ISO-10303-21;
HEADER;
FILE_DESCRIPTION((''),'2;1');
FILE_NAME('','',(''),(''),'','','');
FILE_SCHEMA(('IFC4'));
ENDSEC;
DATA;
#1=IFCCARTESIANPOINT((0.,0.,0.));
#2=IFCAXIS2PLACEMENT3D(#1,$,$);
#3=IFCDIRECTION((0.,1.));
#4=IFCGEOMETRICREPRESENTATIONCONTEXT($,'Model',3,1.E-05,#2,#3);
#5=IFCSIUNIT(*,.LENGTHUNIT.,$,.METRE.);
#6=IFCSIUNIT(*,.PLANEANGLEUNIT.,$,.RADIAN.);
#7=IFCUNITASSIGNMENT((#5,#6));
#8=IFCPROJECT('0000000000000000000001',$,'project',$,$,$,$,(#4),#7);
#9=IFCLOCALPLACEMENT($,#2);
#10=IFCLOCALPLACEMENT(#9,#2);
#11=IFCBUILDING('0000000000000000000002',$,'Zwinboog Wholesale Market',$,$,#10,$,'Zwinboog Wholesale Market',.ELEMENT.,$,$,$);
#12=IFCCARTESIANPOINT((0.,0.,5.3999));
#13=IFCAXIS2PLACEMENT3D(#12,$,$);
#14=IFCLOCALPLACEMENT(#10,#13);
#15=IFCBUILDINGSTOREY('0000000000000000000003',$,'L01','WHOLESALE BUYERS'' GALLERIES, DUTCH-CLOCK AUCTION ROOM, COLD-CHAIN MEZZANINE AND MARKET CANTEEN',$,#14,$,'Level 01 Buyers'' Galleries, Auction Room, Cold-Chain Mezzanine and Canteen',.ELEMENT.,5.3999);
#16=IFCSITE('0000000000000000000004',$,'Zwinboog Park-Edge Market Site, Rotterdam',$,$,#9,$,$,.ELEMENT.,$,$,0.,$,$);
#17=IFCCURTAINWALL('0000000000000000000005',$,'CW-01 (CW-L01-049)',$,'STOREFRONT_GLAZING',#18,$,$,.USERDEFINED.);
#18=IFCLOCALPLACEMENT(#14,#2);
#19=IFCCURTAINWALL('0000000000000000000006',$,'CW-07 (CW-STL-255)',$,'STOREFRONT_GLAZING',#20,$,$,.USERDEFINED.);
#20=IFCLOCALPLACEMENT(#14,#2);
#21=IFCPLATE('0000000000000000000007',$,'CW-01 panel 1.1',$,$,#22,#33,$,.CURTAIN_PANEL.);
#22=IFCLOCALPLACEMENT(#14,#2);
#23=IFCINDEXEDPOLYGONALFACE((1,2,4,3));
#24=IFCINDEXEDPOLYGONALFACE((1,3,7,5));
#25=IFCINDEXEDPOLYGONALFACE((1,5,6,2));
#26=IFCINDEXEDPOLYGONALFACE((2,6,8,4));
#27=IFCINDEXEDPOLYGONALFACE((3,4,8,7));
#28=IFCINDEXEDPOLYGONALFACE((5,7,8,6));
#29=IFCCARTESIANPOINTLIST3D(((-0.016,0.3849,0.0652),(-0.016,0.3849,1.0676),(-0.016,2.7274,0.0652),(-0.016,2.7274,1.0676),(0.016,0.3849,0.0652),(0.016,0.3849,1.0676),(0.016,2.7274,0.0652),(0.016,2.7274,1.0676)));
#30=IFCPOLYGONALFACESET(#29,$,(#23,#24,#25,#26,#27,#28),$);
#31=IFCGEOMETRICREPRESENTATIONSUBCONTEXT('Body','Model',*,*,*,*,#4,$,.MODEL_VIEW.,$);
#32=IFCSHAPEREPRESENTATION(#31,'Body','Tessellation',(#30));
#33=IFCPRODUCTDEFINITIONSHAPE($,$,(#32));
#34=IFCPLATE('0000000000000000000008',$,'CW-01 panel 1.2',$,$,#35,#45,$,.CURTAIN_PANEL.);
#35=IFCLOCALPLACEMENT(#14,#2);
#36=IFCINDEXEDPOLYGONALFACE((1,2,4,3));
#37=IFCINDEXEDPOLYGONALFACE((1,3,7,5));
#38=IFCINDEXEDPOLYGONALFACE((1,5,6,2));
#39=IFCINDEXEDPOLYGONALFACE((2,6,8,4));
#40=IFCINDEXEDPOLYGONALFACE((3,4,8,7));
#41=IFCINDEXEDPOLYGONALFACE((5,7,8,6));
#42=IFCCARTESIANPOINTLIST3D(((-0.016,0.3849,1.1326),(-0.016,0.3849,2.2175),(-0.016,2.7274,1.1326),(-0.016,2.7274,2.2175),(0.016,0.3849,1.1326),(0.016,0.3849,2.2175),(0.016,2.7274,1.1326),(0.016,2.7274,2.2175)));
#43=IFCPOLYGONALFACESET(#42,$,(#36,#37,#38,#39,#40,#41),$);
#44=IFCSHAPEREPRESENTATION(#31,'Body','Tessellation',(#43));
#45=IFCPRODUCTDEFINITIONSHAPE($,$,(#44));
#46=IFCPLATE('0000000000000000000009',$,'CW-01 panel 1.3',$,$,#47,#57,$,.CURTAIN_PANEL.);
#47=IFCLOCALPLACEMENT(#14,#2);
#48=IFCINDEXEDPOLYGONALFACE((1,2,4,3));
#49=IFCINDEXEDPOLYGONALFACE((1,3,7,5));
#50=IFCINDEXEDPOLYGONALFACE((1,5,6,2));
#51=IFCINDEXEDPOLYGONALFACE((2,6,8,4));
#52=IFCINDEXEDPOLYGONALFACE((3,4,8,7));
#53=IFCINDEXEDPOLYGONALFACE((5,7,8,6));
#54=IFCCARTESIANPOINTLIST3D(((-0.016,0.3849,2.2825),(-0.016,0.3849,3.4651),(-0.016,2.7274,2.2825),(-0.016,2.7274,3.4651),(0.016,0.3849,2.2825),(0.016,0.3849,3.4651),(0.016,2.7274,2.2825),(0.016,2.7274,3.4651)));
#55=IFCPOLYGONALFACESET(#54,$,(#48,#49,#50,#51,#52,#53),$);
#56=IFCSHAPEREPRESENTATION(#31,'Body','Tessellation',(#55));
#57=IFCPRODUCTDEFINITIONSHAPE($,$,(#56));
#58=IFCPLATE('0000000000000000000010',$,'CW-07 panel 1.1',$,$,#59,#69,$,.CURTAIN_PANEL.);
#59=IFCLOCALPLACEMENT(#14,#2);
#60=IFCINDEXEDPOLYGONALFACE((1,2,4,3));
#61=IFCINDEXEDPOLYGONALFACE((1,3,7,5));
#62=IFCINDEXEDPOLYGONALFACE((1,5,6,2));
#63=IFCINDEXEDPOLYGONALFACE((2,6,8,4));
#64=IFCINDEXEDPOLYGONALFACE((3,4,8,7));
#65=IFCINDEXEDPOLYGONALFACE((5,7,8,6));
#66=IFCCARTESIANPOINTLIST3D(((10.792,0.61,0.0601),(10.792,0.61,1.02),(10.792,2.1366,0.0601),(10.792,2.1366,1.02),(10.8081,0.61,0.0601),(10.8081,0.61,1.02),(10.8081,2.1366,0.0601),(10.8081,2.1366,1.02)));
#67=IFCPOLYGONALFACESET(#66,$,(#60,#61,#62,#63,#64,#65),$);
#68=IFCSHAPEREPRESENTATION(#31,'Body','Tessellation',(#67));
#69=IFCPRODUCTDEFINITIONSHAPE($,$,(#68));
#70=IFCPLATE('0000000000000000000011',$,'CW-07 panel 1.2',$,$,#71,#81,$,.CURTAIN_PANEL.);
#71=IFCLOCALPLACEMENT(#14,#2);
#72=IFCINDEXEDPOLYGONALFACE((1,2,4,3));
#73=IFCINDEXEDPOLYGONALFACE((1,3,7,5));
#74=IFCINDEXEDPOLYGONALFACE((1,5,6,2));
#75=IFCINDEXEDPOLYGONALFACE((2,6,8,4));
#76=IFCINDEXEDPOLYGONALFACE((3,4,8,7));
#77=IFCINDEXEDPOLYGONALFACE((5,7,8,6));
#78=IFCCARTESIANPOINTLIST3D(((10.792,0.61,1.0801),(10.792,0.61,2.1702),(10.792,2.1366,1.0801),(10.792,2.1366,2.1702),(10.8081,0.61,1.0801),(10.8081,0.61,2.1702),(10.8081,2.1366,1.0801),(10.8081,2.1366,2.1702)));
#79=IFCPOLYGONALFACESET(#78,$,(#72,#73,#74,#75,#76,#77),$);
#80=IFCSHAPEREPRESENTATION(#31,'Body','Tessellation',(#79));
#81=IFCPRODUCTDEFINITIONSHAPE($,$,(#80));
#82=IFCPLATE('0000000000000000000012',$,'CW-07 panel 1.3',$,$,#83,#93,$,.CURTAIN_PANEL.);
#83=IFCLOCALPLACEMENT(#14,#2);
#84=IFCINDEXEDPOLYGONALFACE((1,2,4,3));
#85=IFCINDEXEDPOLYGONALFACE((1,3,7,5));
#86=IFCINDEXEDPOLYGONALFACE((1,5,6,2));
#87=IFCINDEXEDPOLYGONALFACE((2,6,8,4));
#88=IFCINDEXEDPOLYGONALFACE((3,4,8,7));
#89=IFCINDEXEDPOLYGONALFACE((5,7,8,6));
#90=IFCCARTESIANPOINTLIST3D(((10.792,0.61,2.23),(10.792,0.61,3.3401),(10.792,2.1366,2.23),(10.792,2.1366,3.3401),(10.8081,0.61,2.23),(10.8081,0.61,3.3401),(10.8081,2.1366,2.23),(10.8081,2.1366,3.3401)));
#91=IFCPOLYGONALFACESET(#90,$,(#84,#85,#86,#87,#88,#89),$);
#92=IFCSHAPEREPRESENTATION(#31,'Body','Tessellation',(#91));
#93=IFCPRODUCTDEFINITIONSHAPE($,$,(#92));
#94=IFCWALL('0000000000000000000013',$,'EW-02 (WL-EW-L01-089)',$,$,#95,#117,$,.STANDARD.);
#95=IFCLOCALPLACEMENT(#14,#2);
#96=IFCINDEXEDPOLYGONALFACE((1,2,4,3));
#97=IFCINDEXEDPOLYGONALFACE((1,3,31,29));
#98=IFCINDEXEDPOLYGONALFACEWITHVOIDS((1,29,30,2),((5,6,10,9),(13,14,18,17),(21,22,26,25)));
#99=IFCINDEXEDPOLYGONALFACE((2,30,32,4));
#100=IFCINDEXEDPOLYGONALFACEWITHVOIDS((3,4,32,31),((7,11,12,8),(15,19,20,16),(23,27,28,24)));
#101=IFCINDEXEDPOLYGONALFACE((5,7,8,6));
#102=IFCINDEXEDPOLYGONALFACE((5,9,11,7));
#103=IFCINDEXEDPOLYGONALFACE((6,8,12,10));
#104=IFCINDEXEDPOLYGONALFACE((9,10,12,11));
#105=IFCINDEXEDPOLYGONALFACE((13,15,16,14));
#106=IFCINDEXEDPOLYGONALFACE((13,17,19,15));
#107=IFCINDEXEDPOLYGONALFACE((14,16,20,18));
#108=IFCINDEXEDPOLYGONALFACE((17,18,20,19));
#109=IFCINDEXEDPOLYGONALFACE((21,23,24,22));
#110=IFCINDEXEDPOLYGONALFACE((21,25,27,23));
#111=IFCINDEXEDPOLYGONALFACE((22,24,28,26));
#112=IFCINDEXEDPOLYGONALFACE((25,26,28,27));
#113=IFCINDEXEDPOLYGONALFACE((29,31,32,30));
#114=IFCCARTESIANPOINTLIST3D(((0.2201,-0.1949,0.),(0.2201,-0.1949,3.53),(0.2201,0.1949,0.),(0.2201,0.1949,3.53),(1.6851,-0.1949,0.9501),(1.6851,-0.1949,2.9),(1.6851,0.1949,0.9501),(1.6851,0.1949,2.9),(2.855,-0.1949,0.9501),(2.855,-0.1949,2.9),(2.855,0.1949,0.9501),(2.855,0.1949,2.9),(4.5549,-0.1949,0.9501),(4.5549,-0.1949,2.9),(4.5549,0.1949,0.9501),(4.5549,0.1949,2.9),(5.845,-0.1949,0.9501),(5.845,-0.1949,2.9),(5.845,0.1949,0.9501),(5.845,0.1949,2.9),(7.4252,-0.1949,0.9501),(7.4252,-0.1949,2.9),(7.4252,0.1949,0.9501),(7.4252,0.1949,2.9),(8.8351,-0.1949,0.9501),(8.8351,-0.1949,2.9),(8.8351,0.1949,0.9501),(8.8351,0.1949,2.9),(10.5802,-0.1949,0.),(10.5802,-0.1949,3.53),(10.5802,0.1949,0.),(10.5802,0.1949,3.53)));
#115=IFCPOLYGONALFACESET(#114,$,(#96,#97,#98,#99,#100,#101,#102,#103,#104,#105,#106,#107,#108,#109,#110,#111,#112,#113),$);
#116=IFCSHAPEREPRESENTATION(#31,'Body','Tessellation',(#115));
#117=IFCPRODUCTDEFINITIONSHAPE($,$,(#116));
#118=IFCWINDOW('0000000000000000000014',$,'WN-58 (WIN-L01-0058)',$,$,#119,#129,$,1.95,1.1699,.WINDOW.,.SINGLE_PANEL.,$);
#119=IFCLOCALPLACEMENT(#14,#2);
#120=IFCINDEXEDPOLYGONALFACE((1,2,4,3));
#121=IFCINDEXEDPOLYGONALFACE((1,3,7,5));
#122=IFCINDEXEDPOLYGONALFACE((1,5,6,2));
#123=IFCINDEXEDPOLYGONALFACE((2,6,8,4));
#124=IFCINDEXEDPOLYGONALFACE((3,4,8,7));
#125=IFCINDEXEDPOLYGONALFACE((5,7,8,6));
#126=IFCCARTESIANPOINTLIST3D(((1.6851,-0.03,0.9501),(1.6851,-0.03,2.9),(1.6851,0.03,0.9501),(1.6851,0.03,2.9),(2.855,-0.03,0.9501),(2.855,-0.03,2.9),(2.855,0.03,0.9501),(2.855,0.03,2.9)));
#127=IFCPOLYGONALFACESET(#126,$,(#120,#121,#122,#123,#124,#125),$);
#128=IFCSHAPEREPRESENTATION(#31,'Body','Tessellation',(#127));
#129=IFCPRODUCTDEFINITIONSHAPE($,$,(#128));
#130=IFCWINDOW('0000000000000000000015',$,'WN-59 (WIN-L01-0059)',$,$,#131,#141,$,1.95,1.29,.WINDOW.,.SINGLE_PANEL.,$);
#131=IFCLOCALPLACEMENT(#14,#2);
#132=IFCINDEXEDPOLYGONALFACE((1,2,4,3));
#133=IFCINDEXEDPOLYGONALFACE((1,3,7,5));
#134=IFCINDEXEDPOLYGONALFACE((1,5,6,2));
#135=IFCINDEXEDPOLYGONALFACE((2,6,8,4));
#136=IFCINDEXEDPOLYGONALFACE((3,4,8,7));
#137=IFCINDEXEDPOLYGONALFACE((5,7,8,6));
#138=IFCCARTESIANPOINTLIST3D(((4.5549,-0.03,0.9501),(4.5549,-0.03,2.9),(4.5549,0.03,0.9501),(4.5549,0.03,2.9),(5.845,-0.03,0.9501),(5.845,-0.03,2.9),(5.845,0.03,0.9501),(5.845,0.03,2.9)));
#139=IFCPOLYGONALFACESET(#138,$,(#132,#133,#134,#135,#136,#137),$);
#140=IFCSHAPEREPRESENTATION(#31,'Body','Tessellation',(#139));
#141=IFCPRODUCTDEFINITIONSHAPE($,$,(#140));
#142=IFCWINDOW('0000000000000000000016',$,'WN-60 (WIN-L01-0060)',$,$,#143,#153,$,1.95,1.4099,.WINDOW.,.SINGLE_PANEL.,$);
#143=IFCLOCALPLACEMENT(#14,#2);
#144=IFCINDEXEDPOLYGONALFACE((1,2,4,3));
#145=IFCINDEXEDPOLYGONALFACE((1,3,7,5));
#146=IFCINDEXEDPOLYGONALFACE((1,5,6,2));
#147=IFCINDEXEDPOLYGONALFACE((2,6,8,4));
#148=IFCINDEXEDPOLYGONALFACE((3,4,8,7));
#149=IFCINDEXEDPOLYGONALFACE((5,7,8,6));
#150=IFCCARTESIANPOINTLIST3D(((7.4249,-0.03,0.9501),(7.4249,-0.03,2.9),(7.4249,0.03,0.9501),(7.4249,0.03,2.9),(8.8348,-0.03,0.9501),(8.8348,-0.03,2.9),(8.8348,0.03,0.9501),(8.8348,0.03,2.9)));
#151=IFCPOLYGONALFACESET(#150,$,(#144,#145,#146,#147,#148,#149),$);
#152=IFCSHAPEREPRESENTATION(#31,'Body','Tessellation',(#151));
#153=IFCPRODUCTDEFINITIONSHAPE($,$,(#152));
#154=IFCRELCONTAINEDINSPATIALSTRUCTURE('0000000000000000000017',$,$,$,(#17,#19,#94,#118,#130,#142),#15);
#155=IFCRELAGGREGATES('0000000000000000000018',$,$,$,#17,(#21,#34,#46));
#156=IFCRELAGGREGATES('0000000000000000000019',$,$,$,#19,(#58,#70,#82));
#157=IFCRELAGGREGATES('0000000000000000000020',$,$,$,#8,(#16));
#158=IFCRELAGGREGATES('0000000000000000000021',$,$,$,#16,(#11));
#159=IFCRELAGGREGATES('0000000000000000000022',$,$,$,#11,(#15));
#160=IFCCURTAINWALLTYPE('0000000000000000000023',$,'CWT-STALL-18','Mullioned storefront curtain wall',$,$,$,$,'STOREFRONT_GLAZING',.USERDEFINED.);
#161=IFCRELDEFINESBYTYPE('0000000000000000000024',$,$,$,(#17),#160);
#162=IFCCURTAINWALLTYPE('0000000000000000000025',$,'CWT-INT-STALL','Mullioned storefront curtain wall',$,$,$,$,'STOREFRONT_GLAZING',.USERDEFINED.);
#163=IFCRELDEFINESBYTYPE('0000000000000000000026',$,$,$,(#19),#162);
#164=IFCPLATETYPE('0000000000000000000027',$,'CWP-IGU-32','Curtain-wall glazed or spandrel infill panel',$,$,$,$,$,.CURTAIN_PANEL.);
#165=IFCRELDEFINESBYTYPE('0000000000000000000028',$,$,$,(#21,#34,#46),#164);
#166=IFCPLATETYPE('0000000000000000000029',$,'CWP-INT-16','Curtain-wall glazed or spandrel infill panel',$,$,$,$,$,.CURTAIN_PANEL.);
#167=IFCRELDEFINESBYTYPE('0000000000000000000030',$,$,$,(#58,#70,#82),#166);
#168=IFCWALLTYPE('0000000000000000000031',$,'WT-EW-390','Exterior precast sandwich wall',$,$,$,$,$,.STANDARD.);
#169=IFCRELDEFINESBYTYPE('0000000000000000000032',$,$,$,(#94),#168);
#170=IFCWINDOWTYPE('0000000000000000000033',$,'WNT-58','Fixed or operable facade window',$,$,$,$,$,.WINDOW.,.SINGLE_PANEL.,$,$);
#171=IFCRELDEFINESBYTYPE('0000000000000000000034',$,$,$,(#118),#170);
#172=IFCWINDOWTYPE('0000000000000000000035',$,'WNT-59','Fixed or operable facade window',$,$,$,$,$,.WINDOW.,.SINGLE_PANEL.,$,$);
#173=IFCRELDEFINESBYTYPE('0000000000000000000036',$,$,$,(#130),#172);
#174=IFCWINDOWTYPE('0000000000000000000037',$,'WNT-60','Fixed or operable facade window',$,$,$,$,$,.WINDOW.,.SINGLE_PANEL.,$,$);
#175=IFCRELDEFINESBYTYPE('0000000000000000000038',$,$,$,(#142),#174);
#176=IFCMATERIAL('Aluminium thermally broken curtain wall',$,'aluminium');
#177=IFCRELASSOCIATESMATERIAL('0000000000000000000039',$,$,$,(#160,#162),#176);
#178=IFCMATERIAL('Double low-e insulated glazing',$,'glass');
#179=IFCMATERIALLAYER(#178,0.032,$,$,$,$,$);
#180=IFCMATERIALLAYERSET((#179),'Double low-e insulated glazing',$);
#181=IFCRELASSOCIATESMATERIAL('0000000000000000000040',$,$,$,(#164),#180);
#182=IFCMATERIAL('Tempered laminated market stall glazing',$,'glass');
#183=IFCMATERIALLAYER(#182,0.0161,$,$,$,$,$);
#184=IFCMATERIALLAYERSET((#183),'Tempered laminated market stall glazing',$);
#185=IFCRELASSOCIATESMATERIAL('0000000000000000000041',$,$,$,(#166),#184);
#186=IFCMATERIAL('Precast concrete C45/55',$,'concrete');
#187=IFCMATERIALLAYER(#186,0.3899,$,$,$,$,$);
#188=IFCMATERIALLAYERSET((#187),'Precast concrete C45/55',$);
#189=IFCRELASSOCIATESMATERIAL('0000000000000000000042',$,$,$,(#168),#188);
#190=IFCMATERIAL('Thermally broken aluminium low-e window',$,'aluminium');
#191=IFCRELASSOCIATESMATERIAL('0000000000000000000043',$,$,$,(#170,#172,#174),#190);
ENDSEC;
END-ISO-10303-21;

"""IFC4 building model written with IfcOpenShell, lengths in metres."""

from ifc_helpers import new_model, si_unit, direction, frame, frame_2d, origin, origin_2d, place, context, subcontext, project, spatial, rectangle, extrude, material, layer, layer_set, type_object, element, fill, aggregate, save


model = new_model("IFC4")

# Units and contexts
model_context = context("Model", 3, precision=1e-05, world=origin(), true_north=direction((0.0, 1.0)))
body_context = subcontext(model_context, "Body", "Model", "MODEL_VIEW")
ifc_project = project(units=[si_unit("LENGTHUNIT", "METRE"), si_unit("PLANEANGLEUNIT", "RADIAN")], contexts=[model_context])

# Site, building, storey
site_placement = place(None, origin())
site = spatial("IfcSite", under=ifc_project, at=site_placement, Name="Zwinboog Park-Edge Market Site, Rotterdam", CompositionType="ELEMENT", RefElevation=0.0)
building_placement = place(site_placement, origin())
building = spatial("IfcBuilding", under=site, at=building_placement, Name="Zwinboog Wholesale Market", LongName="Zwinboog Wholesale Market", CompositionType="ELEMENT")
storey_placement = place(building_placement, frame((0.0, 0.0, 5.3999)))
storey = spatial("IfcBuildingStorey", under=building, at=storey_placement, Name="L01", Description="WHOLESALE BUYERS' GALLERIES, DUTCH-CLOCK AUCTION ROOM, COLD-CHAIN MEZZANINE AND MARKET CANTEEN", LongName="Level 01 Buyers' Galleries, Auction Room, Cold-Chain Mezzanine and Canteen", CompositionType="ELEMENT", Elevation=5.3999)

# Shared definitions
ifc_material_1 = material(Name="Precast concrete C45/55", Category="concrete")

# Curtain wall
ifc_material_2 = material(Name="Aluminium thermally broken curtain wall", Category="aluminium")
curtain_wall_type_1 = type_object("IfcCurtainWallType", Name="CWT-STALL-18", Description="Mullioned storefront curtain wall", ElementType="STOREFRONT_GLAZING", PredefinedType="USERDEFINED", material=ifc_material_2)
curtain_wall_1_placement = place(storey_placement, origin())
curtain_wall_1 = element("IfcCurtainWall", 1, at=curtain_wall_1_placement, inside=storey, type_object=curtain_wall_type_1, Name="CW-01 (CW-L01-049)", ObjectType="STOREFRONT_GLAZING", PredefinedType="USERDEFINED")

# Curtain wall
curtain_wall_type_2 = type_object("IfcCurtainWallType", Name="CWT-INT-STALL", Description="Mullioned storefront curtain wall", ElementType="STOREFRONT_GLAZING", PredefinedType="USERDEFINED", material=ifc_material_2)
curtain_wall_2_placement = place(storey_placement, origin())
curtain_wall_2 = element("IfcCurtainWall", 2, at=curtain_wall_2_placement, inside=storey, type_object=curtain_wall_type_2, Name="CW-07 (CW-STL-255)", ObjectType="STOREFRONT_GLAZING", PredefinedType="USERDEFINED")

# Plates
ifc_material_3 = material(Name="Double low-e insulated glazing", Category="glass")
ifc_layer_1 = layer(ifc_material_3, 0.032)
ifc_layer_set_1 = layer_set([ifc_layer_1], Name="Double low-e insulated glazing")
plate_type_1 = type_object("IfcPlateType", Name="CWP-IGU-32", Description="Curtain-wall glazed or spandrel infill panel", PredefinedType="CURTAIN_PANEL", material=ifc_layer_set_1)
plate_1_placement = place(storey_placement, frame((0.0, 1.5562, 0.0652), z_axis=(0.0, 0.0, 1.0), x_axis=(0.0, 1.0, 0.0)))
plate_1 = element("IfcPlate", 3, at=plate_1_placement, type_object=plate_type_1, Name="CW-01 panel 1.1", PredefinedType="CURTAIN_PANEL", context=body_context, shape_type="SweptSolid", body=[
    extrude(rectangle(XDim=2.3425, YDim=0.032, at=origin_2d()), origin(), (0.0, 0.0, 1.0), 1.0024),
])
plate_2_placement = place(storey_placement, frame((0.0, 1.5562, 1.1326), z_axis=(0.0, 0.0, 1.0), x_axis=(0.0, 1.0, 0.0)))
plate_2 = element("IfcPlate", 4, at=plate_2_placement, type_object=plate_type_1, Name="CW-01 panel 1.2", PredefinedType="CURTAIN_PANEL", context=body_context, shape_type="SweptSolid", body=[
    extrude(rectangle(XDim=2.3425, YDim=0.032, at=origin_2d()), origin(), (0.0, 0.0, 1.0), 1.085),
])
plate_3_placement = place(storey_placement, frame((0.0, 1.5562, 2.2825), z_axis=(0.0, 0.0, 1.0), x_axis=(0.0, 1.0, 0.0)))
plate_3 = element("IfcPlate", 5, at=plate_3_placement, type_object=plate_type_1, Name="CW-01 panel 1.3", PredefinedType="CURTAIN_PANEL", context=body_context, shape_type="SweptSolid", body=[
    extrude(rectangle(XDim=2.3425, YDim=0.032, at=origin_2d()), origin(), (0.0, 0.0, 1.0), 1.1826),
])
aggregate(curtain_wall_1, [plate_1, plate_2, plate_3])
ifc_material_4 = material(Name="Tempered laminated market stall glazing", Category="glass")
ifc_layer_2 = layer(ifc_material_4, 0.0161)
ifc_layer_set_2 = layer_set([ifc_layer_2], Name="Tempered laminated market stall glazing")
plate_type_2 = type_object("IfcPlateType", Name="CWP-INT-16", Description="Curtain-wall glazed or spandrel infill panel", PredefinedType="CURTAIN_PANEL", material=ifc_layer_set_2)
plate_4_placement = place(storey_placement, frame((10.8, 1.3733, 0.0601), z_axis=(0.0, 0.0, 1.0), x_axis=(0.0, 1.0, 0.0)))
plate_4 = element("IfcPlate", 6, at=plate_4_placement, type_object=plate_type_2, Name="CW-07 panel 1.1", PredefinedType="CURTAIN_PANEL", context=body_context, shape_type="SweptSolid", body=[
    extrude(rectangle(XDim=1.5266, YDim=0.0161, at=origin_2d()), origin(), (0.0, 0.0, 1.0), 0.96),
])
plate_5_placement = place(storey_placement, frame((10.8, 1.3733, 1.0801), z_axis=(0.0, 0.0, 1.0), x_axis=(0.0, 1.0, 0.0)))
plate_5 = element("IfcPlate", 7, at=plate_5_placement, type_object=plate_type_2, Name="CW-07 panel 1.2", PredefinedType="CURTAIN_PANEL", context=body_context, shape_type="SweptSolid", body=[
    extrude(rectangle(XDim=1.5266, YDim=0.0161, at=origin_2d()), origin(), (0.0, 0.0, 1.0), 1.0901),
])
plate_6_placement = place(storey_placement, frame((10.8, 1.3733, 2.23), z_axis=(0.0, 0.0, 1.0), x_axis=(0.0, 1.0, 0.0)))
plate_6 = element("IfcPlate", 8, at=plate_6_placement, type_object=plate_type_2, Name="CW-07 panel 1.3", PredefinedType="CURTAIN_PANEL", context=body_context, shape_type="SweptSolid", body=[
    extrude(rectangle(XDim=1.5266, YDim=0.0161, at=origin_2d()), origin(), (0.0, 0.0, 1.0), 1.1101),
])
aggregate(curtain_wall_2, [plate_4, plate_5, plate_6])

# Wall, openings, windows
ifc_layer_3 = layer(ifc_material_1, 0.3899)
ifc_layer_set_3 = layer_set([ifc_layer_3], Name="Precast concrete C45/55")
wall_type = type_object("IfcWallType", Name="WT-EW-390", Description="Exterior precast sandwich wall", PredefinedType="STANDARD", material=ifc_layer_set_3)
wall_placement = place(storey_placement, frame((0.22, 0.0, 0.0), z_axis=(0.0, 0.0, 1.0), x_axis=(1.0, 0.0, 0.0)))
wall = element("IfcWall", 9, at=wall_placement, inside=storey, type_object=wall_type, Name="EW-02 (WL-EW-L01-089)", PredefinedType="STANDARD", context=body_context, shape_type="SweptSolid", body=[
    extrude(rectangle(XDim=10.3601, YDim=0.3899, at=frame_2d((5.1802, 0.0))), origin(), (0.0, 0.0, 1.0), 3.53),
])
opening_1_placement = place(wall_placement, frame((1.4651, 0.0, 0.95)))
opening_1 = element("IfcOpeningElement", 10, at=opening_1_placement, cuts=wall, PredefinedType="OPENING", context=body_context, shape_type="SweptSolid", body=[
    extrude(rectangle(XDim=1.1699, YDim=1.95, at=frame_2d((0.585, 0.9751))), frame((0.0, 0.2048, 0.0), z_axis=(0.0, -1.0, 0.0), x_axis=(1.0, 0.0, 0.0)), (0.0, 0.0, 1.0), 0.4099),
])
opening_2_placement = place(wall_placement, frame((4.335, 0.0, 0.95)))
opening_2 = element("IfcOpeningElement", 11, at=opening_2_placement, cuts=wall, PredefinedType="OPENING", context=body_context, shape_type="SweptSolid", body=[
    extrude(rectangle(XDim=1.29, YDim=1.95, at=frame_2d((0.645, 0.9751))), frame((0.0, 0.2048, 0.0), z_axis=(0.0, -1.0, 0.0), x_axis=(1.0, 0.0, 0.0)), (0.0, 0.0, 1.0), 0.4099),
])
opening_3_placement = place(wall_placement, frame((7.2051, 0.0, 0.95)))
opening_3 = element("IfcOpeningElement", 12, at=opening_3_placement, cuts=wall, PredefinedType="OPENING", context=body_context, shape_type="SweptSolid", body=[
    extrude(rectangle(XDim=1.4099, YDim=1.95, at=frame_2d((0.7051, 0.9751))), frame((0.0, 0.2048, 0.0), z_axis=(0.0, -1.0, 0.0), x_axis=(1.0, 0.0, 0.0)), (0.0, 0.0, 1.0), 0.4099),
])
ifc_material_5 = material(Name="Thermally broken aluminium low-e window", Category="aluminium")
window_type_1 = type_object("IfcWindowType", Name="WNT-58", Description="Fixed or operable facade window", PartitioningType="SINGLE_PANEL", PredefinedType="WINDOW", material=ifc_material_5)
window_1_placement = place(opening_1_placement, frame((1.1699, 0.0, 0.0), z_axis=(0.0, 0.0, 1.0), x_axis=(-1.0, 0.0, 0.0)))
window_1 = element("IfcWindow", 13, at=window_1_placement, inside=storey, type_object=window_type_1, Name="WN-58 (WIN-L01-0058)", OverallHeight=1.95, OverallWidth=1.1699, PartitioningType="SINGLE_PANEL", PredefinedType="WINDOW", context=body_context, shape_type="SweptSolid", body=[
    extrude(rectangle(XDim=1.1699, YDim=1.95, at=frame_2d((0.585, 0.9751))), frame((0.0, 0.03, 0.0), z_axis=(0.0, -1.0, 0.0), x_axis=(1.0, 0.0, 0.0)), (0.0, 0.0, 1.0), 0.0601),
])
fill(opening_1, window_1)
window_type_2 = type_object("IfcWindowType", Name="WNT-59", Description="Fixed or operable facade window", PartitioningType="SINGLE_PANEL", PredefinedType="WINDOW", material=ifc_material_5)
window_2_placement = place(opening_2_placement, frame((1.29, 0.0, 0.0), z_axis=(0.0, 0.0, 1.0), x_axis=(-1.0, 0.0, 0.0)))
window_2 = element("IfcWindow", 14, at=window_2_placement, inside=storey, type_object=window_type_2, Name="WN-59 (WIN-L01-0059)", OverallHeight=1.95, OverallWidth=1.29, PartitioningType="SINGLE_PANEL", PredefinedType="WINDOW", context=body_context, shape_type="SweptSolid", body=[
    extrude(rectangle(XDim=1.29, YDim=1.95, at=frame_2d((0.645, 0.9751))), frame((0.0, 0.03, 0.0), z_axis=(0.0, -1.0, 0.0), x_axis=(1.0, 0.0, 0.0)), (0.0, 0.0, 1.0), 0.0601),
])
fill(opening_2, window_2)
window_type_3 = type_object("IfcWindowType", Name="WNT-60", Description="Fixed or operable facade window", PartitioningType="SINGLE_PANEL", PredefinedType="WINDOW", material=ifc_material_5)
window_3_placement = place(opening_3_placement, frame((1.4099, 0.0, 0.0), z_axis=(0.0, 0.0, 1.0), x_axis=(-1.0, 0.0, 0.0)))
window_3 = element("IfcWindow", 15, at=window_3_placement, inside=storey, type_object=window_type_3, Name="WN-60 (WIN-L01-0060)", OverallHeight=1.95, OverallWidth=1.4099, PartitioningType="SINGLE_PANEL", PredefinedType="WINDOW", context=body_context, shape_type="SweptSolid", body=[
    extrude(rectangle(XDim=1.4099, YDim=1.95, at=frame_2d((0.7051, 0.9751))), frame((0.0, 0.03, 0.0), z_axis=(0.0, -1.0, 0.0), x_axis=(1.0, 0.0, 0.0)), (0.0, 0.0, 1.0), 0.0601),
])
fill(opening_3, window_3)

save(model, "model.ifc")
